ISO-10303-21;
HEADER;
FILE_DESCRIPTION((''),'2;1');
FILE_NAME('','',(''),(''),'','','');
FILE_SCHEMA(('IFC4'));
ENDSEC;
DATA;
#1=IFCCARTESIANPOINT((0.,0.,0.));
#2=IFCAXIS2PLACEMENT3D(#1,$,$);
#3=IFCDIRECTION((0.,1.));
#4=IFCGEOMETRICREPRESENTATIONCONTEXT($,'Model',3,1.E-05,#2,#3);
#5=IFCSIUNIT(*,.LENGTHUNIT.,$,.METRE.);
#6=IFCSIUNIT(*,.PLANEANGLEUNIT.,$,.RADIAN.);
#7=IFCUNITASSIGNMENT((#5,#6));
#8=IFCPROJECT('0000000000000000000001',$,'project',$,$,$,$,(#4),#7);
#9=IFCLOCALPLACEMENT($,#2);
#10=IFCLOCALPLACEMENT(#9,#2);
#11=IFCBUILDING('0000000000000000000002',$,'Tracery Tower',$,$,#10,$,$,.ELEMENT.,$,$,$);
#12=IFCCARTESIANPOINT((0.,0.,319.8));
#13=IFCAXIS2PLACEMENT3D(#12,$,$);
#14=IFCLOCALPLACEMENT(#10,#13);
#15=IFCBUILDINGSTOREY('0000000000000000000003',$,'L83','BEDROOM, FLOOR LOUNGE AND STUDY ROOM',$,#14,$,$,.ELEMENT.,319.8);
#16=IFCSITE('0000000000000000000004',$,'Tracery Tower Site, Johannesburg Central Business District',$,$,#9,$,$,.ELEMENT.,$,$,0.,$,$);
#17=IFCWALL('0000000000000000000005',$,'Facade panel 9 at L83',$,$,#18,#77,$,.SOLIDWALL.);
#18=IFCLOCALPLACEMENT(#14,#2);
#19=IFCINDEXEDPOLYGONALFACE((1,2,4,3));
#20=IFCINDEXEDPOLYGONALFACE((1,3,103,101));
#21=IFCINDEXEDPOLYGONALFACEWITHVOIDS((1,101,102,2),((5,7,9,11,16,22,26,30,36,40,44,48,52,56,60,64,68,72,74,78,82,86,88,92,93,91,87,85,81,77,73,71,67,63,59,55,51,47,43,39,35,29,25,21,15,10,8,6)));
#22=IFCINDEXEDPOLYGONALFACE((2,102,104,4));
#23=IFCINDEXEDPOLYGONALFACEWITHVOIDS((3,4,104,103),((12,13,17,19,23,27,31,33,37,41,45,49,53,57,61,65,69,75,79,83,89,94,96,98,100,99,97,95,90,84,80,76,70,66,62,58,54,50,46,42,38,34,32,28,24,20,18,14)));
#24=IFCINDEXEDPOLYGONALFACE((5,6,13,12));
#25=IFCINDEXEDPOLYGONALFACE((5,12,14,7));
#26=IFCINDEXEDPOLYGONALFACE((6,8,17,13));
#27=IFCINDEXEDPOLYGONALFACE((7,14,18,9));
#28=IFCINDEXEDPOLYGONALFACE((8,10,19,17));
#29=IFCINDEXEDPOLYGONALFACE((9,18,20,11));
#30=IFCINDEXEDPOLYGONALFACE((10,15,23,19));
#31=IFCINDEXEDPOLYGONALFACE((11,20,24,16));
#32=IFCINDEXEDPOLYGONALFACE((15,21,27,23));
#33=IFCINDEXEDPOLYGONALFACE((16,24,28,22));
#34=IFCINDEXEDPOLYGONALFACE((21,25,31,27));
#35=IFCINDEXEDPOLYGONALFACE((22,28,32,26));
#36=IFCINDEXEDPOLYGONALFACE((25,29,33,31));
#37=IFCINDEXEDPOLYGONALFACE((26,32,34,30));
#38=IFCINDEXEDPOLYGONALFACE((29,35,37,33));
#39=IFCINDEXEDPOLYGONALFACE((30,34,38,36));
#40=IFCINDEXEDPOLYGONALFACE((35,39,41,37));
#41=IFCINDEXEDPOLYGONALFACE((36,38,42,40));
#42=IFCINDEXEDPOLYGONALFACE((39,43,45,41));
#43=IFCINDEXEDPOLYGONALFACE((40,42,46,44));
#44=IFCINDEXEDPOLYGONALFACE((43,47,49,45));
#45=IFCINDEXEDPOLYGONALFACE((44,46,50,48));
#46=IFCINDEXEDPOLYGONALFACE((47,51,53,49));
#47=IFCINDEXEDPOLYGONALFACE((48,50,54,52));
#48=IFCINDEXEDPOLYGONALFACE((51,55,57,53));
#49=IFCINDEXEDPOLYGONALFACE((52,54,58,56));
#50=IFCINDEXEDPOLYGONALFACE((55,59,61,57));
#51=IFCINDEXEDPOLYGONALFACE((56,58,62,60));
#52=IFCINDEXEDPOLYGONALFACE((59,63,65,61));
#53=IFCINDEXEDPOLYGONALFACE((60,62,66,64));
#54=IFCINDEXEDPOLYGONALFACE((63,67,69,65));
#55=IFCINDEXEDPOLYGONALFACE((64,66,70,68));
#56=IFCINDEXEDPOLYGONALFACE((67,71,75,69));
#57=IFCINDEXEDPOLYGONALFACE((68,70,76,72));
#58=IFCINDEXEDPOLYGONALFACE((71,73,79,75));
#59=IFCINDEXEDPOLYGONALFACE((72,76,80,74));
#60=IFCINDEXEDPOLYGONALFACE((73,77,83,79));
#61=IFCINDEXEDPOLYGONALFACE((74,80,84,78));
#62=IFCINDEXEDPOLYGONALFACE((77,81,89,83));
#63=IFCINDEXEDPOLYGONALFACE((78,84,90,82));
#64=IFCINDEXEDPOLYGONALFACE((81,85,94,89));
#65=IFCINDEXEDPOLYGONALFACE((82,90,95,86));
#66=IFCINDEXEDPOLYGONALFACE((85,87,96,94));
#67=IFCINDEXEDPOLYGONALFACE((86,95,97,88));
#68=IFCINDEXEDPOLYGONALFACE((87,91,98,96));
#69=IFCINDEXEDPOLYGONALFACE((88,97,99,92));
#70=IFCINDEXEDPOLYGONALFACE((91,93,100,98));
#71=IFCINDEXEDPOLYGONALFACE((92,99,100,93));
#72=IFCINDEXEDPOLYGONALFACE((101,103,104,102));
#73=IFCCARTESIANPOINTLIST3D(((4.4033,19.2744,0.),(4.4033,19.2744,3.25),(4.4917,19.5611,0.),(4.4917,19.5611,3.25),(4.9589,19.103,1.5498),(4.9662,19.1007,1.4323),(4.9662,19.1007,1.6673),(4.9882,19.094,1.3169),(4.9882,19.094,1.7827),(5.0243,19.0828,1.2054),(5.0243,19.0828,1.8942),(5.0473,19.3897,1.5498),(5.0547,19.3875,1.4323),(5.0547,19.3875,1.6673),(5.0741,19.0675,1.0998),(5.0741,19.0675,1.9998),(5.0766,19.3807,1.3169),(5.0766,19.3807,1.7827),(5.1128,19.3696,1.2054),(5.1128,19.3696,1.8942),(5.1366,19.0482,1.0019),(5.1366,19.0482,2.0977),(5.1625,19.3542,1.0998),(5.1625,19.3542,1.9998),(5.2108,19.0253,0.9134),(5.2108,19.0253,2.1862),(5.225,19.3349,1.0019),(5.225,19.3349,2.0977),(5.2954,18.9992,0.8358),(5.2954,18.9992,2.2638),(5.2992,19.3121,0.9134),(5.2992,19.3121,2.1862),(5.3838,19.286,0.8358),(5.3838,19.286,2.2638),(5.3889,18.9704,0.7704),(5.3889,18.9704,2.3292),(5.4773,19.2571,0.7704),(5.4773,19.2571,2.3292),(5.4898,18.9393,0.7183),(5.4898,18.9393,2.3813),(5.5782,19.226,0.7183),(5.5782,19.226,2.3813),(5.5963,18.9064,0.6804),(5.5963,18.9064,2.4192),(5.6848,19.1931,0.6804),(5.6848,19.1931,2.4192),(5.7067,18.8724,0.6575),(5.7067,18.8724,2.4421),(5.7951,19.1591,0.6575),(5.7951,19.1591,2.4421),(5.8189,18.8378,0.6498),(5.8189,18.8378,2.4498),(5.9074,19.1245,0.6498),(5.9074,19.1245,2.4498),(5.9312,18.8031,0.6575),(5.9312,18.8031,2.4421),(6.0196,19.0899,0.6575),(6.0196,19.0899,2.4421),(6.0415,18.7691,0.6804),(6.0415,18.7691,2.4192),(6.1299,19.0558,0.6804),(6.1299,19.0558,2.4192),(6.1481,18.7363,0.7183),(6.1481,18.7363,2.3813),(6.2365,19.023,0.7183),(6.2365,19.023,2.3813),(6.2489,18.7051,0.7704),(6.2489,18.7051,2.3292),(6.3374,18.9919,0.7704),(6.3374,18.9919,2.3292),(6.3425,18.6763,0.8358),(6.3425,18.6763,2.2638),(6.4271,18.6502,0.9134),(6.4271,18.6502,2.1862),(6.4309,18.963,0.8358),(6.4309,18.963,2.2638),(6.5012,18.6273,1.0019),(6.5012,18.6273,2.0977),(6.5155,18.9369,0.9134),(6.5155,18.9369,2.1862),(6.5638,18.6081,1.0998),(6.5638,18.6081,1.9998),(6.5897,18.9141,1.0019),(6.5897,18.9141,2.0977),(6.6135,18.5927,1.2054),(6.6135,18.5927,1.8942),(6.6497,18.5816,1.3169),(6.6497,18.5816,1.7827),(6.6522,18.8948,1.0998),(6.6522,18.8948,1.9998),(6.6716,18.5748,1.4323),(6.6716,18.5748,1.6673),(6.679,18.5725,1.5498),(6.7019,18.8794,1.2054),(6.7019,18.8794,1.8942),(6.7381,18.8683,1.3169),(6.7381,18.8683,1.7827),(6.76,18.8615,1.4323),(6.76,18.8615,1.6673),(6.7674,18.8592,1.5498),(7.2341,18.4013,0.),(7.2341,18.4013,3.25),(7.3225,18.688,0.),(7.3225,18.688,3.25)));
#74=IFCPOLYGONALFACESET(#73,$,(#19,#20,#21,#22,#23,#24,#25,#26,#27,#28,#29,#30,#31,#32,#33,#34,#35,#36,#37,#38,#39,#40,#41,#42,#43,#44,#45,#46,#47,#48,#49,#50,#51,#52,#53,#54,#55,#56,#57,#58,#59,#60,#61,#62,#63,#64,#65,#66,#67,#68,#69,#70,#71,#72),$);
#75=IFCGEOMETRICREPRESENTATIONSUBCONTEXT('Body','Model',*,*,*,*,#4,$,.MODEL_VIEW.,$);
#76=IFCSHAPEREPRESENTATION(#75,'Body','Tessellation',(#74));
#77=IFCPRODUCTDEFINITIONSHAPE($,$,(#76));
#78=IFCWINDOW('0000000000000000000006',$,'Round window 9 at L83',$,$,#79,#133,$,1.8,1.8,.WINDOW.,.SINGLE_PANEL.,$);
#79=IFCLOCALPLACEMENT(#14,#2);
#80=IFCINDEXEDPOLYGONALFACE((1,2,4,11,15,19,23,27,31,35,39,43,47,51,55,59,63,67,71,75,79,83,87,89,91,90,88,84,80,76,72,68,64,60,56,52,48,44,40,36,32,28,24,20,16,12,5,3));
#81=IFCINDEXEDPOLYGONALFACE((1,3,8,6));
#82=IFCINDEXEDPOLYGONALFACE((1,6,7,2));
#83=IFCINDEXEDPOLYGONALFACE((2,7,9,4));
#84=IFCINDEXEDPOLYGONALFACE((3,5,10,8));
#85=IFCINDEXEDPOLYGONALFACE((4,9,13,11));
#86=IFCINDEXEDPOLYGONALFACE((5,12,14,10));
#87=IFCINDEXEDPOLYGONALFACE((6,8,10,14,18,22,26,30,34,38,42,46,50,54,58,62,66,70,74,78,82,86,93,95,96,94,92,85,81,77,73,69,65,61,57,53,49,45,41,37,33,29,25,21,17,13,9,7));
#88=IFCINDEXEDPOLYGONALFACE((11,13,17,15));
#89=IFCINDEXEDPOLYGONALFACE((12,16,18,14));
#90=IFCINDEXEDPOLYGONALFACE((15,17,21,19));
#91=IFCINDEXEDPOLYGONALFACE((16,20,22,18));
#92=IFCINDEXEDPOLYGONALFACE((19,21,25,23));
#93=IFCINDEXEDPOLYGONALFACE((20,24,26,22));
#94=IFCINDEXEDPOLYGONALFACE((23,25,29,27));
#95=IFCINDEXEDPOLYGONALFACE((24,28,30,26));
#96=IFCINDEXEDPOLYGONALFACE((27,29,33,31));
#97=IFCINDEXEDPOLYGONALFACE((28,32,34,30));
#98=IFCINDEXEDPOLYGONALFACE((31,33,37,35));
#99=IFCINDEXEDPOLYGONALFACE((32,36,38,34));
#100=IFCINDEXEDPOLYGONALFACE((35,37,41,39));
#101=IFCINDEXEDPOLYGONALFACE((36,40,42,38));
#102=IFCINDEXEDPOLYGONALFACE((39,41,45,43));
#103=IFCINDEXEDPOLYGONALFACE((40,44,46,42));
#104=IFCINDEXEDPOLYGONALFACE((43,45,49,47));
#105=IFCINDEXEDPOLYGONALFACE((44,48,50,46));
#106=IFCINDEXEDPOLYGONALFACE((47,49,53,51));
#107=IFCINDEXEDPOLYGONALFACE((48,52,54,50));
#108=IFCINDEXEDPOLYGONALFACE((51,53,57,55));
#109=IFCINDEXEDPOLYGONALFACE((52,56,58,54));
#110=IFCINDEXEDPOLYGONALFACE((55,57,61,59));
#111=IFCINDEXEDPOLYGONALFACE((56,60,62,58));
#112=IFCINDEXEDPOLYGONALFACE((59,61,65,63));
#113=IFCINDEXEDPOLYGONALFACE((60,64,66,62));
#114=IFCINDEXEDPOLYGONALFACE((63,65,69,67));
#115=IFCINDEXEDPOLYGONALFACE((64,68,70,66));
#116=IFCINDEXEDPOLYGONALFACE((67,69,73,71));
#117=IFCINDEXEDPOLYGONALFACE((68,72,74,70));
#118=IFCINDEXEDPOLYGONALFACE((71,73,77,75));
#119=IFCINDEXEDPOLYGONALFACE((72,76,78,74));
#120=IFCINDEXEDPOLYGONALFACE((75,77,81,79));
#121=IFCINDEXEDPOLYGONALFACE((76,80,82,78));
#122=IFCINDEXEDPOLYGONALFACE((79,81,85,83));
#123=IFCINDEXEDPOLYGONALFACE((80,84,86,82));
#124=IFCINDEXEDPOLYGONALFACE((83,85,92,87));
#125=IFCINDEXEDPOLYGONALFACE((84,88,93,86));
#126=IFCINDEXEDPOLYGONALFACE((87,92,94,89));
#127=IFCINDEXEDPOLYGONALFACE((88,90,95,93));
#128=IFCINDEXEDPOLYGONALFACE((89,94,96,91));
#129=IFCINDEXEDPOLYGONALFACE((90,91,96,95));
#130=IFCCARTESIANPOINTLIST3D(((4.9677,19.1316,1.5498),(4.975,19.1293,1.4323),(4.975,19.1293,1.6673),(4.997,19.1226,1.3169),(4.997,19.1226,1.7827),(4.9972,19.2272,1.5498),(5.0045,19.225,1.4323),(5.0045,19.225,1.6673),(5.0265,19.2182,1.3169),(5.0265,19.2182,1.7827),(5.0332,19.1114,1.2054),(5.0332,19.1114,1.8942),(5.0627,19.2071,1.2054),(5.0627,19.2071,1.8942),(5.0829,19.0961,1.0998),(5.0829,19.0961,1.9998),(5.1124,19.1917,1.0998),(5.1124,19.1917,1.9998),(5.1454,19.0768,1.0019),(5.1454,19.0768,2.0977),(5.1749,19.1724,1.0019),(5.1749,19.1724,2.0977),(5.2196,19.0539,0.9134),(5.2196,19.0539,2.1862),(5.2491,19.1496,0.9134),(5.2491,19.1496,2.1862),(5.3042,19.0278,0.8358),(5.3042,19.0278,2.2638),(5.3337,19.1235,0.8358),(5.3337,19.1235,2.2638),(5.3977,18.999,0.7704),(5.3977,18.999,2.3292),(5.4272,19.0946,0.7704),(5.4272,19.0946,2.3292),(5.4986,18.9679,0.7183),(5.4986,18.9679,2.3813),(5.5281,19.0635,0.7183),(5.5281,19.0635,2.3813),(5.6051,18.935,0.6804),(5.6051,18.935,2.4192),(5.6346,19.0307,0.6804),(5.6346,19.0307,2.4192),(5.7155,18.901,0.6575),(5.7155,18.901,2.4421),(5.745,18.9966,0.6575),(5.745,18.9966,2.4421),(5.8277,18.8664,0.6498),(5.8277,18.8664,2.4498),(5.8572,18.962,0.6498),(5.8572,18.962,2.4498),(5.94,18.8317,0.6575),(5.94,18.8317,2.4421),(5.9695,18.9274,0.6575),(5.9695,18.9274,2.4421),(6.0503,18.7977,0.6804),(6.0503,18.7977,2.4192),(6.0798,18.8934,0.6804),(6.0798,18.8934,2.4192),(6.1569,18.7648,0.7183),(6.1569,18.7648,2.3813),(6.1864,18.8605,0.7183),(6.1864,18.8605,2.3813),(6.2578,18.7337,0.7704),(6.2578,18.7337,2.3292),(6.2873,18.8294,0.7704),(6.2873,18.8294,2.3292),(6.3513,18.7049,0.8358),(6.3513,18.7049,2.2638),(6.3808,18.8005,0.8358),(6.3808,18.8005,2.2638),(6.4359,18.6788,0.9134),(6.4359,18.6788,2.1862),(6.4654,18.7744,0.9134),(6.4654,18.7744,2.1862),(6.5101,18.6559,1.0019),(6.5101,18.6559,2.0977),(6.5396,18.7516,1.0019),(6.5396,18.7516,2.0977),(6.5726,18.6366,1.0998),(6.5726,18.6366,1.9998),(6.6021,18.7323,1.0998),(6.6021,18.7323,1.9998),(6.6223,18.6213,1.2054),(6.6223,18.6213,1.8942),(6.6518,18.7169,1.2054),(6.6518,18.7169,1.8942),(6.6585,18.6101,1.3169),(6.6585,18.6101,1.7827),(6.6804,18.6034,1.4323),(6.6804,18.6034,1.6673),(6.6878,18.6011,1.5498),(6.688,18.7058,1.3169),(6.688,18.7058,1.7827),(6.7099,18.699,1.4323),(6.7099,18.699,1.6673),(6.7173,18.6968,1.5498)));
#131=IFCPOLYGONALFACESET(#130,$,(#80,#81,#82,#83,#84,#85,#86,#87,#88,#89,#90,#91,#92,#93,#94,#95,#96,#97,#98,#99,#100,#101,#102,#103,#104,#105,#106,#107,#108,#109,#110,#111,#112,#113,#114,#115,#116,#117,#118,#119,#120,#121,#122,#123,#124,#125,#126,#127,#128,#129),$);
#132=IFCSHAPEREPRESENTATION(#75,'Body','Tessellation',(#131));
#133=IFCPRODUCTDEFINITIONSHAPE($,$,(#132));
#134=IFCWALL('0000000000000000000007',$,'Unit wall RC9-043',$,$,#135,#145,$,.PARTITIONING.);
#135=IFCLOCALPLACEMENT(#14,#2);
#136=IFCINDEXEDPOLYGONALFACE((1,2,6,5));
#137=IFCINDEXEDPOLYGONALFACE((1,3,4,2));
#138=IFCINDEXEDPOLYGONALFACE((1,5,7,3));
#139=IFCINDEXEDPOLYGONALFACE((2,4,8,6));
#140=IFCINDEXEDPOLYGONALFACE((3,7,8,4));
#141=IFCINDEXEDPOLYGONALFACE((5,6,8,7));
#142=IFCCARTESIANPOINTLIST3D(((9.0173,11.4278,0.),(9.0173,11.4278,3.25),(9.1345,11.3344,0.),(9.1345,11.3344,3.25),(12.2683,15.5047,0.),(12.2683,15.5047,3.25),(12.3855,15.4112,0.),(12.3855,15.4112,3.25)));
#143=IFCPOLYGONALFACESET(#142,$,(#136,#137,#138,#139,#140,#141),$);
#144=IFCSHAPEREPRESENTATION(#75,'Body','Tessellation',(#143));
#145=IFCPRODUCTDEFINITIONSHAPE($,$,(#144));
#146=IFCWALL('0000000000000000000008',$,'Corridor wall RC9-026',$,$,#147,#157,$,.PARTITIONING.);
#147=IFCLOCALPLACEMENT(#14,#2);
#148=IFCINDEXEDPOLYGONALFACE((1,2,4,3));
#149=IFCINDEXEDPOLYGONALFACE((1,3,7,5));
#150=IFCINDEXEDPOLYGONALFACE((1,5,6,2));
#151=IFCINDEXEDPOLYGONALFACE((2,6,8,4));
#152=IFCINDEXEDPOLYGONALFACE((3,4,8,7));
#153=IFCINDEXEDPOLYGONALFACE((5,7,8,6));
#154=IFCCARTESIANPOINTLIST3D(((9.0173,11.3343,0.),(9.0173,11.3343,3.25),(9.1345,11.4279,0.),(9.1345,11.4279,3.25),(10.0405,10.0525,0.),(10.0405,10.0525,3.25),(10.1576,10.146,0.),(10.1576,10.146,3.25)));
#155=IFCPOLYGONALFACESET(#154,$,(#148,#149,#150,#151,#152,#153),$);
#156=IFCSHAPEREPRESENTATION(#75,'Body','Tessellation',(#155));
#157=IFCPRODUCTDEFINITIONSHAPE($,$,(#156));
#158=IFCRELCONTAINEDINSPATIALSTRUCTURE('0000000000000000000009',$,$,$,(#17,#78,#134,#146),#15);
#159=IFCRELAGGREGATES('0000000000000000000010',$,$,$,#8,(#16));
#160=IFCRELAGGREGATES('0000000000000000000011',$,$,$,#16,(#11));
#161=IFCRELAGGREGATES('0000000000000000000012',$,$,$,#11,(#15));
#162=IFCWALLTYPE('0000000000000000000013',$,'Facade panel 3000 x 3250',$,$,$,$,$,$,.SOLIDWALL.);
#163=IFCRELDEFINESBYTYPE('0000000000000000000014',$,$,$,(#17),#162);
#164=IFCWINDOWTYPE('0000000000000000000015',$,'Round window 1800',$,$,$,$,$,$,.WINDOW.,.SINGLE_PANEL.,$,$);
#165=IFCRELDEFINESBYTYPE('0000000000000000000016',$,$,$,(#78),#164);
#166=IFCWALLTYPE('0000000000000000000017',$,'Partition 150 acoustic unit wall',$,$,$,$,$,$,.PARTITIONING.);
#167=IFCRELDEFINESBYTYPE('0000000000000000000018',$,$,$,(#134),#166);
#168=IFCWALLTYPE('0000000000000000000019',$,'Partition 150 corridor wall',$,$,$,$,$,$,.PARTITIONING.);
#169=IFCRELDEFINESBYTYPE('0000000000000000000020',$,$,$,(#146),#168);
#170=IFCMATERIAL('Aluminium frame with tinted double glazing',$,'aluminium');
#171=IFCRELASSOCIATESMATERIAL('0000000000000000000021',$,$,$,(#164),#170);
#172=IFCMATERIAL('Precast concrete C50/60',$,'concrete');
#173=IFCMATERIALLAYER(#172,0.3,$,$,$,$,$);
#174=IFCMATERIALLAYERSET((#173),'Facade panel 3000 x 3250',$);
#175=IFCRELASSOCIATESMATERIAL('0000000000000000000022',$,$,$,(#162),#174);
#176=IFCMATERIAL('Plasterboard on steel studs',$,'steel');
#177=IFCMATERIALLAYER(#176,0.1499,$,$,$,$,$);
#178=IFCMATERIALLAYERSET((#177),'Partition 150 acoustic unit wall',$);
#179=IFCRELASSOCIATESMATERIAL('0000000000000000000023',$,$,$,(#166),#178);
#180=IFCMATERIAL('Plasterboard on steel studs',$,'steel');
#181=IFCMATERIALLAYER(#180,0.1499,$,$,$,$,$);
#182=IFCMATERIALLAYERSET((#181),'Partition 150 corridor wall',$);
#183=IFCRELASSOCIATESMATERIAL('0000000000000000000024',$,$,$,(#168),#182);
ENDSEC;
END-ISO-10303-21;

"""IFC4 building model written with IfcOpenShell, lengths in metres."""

from ifc_helpers import new_model, si_unit, direction, frame, frame_2d, origin, origin_2d, place, context, subcontext, project, spatial, rectangle, circle, extrude, material, layer, layer_set, type_object, element, fill, save


model = new_model("IFC4")

# Units and contexts
model_context = context("Model", 3, precision=1e-05, world=origin(), true_north=direction((0.0, 1.0)))
body_context = subcontext(model_context, "Body", "Model", "MODEL_VIEW")
ifc_project = project(units=[si_unit("LENGTHUNIT", "METRE"), si_unit("PLANEANGLEUNIT", "RADIAN")], contexts=[model_context])

# Site, building, storey
site_placement = place(None, origin())
site = spatial("IfcSite", under=ifc_project, at=site_placement, Name="Tracery Tower Site, Johannesburg Central Business District", CompositionType="ELEMENT", RefElevation=0.0)
building_placement = place(site_placement, origin())
building = spatial("IfcBuilding", under=site, at=building_placement, Name="Tracery Tower", CompositionType="ELEMENT")
storey_placement = place(building_placement, frame((0.0, 0.0, 319.8)))
storey = spatial("IfcBuildingStorey", under=building, at=storey_placement, Name="L83", Description="BEDROOM, FLOOR LOUNGE AND STUDY ROOM", CompositionType="ELEMENT", Elevation=319.8)

# Wall, opening, window
ifc_material_1 = material(Name="Aluminium frame with tinted double glazing", Category="aluminium")
window_type = type_object("IfcWindowType", Name="Round window 1800", PartitioningType="SINGLE_PANEL", PredefinedType="WINDOW", material=ifc_material_1)
ifc_material_2 = material(Name="Precast concrete C50/60", Category="concrete")
ifc_layer_1 = layer(ifc_material_2, 0.3)
ifc_layer_set_1 = layer_set([ifc_layer_1], Name="Facade panel 3000 x 3250")
wall_type_1 = type_object("IfcWallType", Name="Facade panel 3000 x 3250", PredefinedType="SOLIDWALL", material=ifc_layer_set_1)
wall_1_placement = place(storey_placement, frame((7.2783, 18.5447, 0.0), z_axis=(0.0, 0.0, 1.0), x_axis=(-0.955586, 0.294711, 0.0)))
wall_1 = element("IfcWall", 1, at=wall_1_placement, inside=storey, type_object=wall_type_1, Name="Facade panel 9 at L83", PredefinedType="SOLIDWALL", context=body_context, shape_type="SweptSolid", body=[
    extrude(rectangle(XDim=2.9624, YDim=0.3, at=frame_2d((1.4812, 0.0))), origin(), (0.0, 0.0, 1.0), 3.25),
])
opening_1_placement = place(wall_1_placement, frame((1.481, 0.0, 1.5498)))
opening_1 = element("IfcOpeningElement", 2, at=opening_1_placement, cuts=wall_1, PredefinedType="OPENING", context=body_context, shape_type="SweptSolid", body=[
    extrude(circle(Radius=0.9, at=origin_2d()), frame((0.0, 0.1599, 0.0), z_axis=(0.0, -1.0, 0.0), x_axis=(1.0, 0.0, 0.0)), (0.0, 0.0, 1.0), 0.3201),
])
window_1_placement = place(opening_1_placement, origin())
window_1 = element("IfcWindow", 3, at=window_1_placement, inside=storey, type_object=window_type, Name="Round window 9 at L83", OverallHeight=1.8, OverallWidth=1.8, PartitioningType="SINGLE_PANEL", PredefinedType="WINDOW", context=body_context, shape_type="SweptSolid", body=[
    extrude(circle(Radius=0.9, at=origin_2d()), frame((0.0, 0.1201, 0.0), z_axis=(0.0, -1.0, 0.0), x_axis=(1.0, 0.0, 0.0)), (0.0, 0.0, 1.0), 0.1001),
])
fill(opening_1, window_1)

# Walls
ifc_material_3 = material(Name="Plasterboard on steel studs", Category="steel")
ifc_layer_2 = layer(ifc_material_3, 0.1499)
ifc_layer_set_2 = layer_set([ifc_layer_2], Name="Partition 150 acoustic unit wall")
wall_type_2 = type_object("IfcWallType", Name="Partition 150 acoustic unit wall", PredefinedType="PARTITIONING", material=ifc_layer_set_2)
wall_2_placement = place(storey_placement, frame((9.0759, 11.3811, 0.0), z_axis=(0.0, 0.0, 1.0), x_axis=(0.623461, 0.781854, 0.0)))
element("IfcWall", 4, at=wall_2_placement, inside=storey, type_object=wall_type_2, Name="Unit wall RC9-043", PredefinedType="PARTITIONING", context=body_context, shape_type="SweptSolid", body=[
    extrude(rectangle(XDim=5.2144, YDim=0.1499, at=frame_2d((2.6072, 0.0))), origin(), (0.0, 0.0, 1.0), 3.25),
])
ifc_material_4 = material(Name="Plasterboard on steel studs", Category="steel")
ifc_layer_3 = layer(ifc_material_4, 0.1499)
ifc_layer_set_3 = layer_set([ifc_layer_3], Name="Partition 150 corridor wall")
wall_type_3 = type_object("IfcWallType", Name="Partition 150 corridor wall", PredefinedType="PARTITIONING", material=ifc_layer_set_3)
wall_3_placement = place(storey_placement, frame((9.0759, 11.3811, 0.0), z_axis=(0.0, 0.0, 1.0), x_axis=(0.623805, -0.78158, 0.0)))
element("IfcWall", 5, at=wall_3_placement, inside=storey, type_object=wall_type_3, Name="Corridor wall RC9-026", PredefinedType="PARTITIONING", context=body_context, shape_type="SweptSolid", body=[
    extrude(rectangle(XDim=1.6401, YDim=0.1499, at=frame_2d((0.8201, 0.0))), origin(), (0.0, 0.0, 1.0), 3.25),
])

save(model, "model.ifc")
